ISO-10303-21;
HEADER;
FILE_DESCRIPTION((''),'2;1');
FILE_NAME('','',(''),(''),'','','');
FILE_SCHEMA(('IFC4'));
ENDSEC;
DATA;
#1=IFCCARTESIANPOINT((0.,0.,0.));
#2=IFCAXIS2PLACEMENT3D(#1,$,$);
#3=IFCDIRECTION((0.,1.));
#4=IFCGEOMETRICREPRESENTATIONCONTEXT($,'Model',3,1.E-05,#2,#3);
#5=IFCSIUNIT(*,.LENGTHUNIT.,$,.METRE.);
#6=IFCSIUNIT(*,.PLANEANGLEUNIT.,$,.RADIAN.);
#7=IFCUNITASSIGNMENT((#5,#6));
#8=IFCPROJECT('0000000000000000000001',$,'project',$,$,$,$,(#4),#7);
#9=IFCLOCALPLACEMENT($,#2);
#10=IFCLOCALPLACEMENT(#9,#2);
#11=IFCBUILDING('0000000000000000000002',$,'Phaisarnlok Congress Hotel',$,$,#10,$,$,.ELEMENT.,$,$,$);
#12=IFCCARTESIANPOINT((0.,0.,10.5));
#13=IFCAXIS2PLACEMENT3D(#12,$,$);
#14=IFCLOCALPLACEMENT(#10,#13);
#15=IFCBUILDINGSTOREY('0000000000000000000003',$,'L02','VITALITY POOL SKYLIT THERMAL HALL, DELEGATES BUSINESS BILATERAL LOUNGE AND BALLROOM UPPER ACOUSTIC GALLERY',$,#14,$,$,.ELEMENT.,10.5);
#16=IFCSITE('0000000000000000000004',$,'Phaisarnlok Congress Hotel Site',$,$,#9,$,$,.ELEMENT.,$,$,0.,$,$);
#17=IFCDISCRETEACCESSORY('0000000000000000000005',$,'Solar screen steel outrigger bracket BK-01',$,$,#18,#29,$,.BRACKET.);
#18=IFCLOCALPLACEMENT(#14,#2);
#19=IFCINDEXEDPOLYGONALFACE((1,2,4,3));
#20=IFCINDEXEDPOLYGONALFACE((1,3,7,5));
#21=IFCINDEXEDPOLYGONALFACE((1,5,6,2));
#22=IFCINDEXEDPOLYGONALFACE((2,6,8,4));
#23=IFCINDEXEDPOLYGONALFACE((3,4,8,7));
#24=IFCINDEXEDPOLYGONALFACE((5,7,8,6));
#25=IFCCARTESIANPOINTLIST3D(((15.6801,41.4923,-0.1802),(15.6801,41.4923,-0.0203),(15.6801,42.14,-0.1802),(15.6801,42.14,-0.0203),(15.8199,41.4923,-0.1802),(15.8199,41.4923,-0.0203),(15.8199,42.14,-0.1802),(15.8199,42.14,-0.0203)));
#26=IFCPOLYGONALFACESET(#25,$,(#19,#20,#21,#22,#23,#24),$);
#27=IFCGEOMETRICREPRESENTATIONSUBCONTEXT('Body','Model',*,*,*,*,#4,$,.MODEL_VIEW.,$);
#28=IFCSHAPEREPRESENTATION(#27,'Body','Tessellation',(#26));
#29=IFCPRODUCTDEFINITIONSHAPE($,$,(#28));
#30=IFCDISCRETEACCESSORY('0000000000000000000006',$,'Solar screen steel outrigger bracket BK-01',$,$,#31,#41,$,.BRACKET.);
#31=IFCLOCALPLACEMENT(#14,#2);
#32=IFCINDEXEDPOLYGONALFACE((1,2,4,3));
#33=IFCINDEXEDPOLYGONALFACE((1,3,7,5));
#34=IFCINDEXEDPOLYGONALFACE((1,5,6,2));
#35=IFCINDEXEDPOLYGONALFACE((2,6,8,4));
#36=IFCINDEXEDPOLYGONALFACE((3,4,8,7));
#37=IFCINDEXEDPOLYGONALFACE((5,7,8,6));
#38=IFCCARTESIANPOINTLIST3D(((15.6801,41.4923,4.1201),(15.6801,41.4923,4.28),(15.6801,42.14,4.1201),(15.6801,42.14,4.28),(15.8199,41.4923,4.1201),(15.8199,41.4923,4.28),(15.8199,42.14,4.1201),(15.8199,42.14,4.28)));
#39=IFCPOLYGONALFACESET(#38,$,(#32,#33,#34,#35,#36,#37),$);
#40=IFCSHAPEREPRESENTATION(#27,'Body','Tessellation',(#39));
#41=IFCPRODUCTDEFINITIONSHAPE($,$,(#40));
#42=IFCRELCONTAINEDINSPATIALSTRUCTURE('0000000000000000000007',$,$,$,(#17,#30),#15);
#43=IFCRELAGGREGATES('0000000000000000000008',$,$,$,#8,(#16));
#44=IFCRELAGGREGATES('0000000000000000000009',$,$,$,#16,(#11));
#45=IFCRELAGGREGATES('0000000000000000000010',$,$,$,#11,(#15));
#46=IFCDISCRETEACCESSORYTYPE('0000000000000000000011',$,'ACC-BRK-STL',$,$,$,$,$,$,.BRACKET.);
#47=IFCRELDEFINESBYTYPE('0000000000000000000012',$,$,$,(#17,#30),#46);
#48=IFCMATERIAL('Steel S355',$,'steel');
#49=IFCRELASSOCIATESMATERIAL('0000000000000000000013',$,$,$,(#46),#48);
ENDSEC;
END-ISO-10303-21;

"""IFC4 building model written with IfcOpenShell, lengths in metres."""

from ifc_helpers import new_model, si_unit, direction, frame, origin, origin_2d, place, context, subcontext, project, spatial, rectangle, extrude, material, type_object, element, save


model = new_model("IFC4")

# Units and contexts
model_context = context("Model", 3, precision=1e-05, world=origin(), true_north=direction((0.0, 1.0)))
body_context = subcontext(model_context, "Body", "Model", "MODEL_VIEW")
ifc_project = project(units=[si_unit("LENGTHUNIT", "METRE"), si_unit("PLANEANGLEUNIT", "RADIAN")], contexts=[model_context])

# Site, building, storey
site_placement = place(None, origin())
site = spatial("IfcSite", under=ifc_project, at=site_placement, Name="Phaisarnlok Congress Hotel Site", CompositionType="ELEMENT", RefElevation=0.0)
building_placement = place(site_placement, origin())
building = spatial("IfcBuilding", under=site, at=building_placement, Name="Phaisarnlok Congress Hotel", CompositionType="ELEMENT")
storey_placement = place(building_placement, frame((0.0, 0.0, 10.5)))
storey = spatial("IfcBuildingStorey", under=building, at=storey_placement, Name="L02", Description="VITALITY POOL SKYLIT THERMAL HALL, DELEGATES BUSINESS BILATERAL LOUNGE AND BALLROOM UPPER ACOUSTIC GALLERY", CompositionType="ELEMENT", Elevation=10.5)

# Discrete accessories
ifc_material = material(Name="Steel S355", Category="steel")
discrete_accessory_type = type_object("IfcDiscreteAccessoryType", Name="ACC-BRK-STL", PredefinedType="BRACKET", material=ifc_material)
for number, where, z_axis, x_axis, name in (
    (1, (15.75, 41.8162, -0.1802), (0.0, 0.0, 1.0), (1.0, 0.0, 0.0), "Solar screen steel outrigger bracket BK-01"),
    (2, (15.75, 41.8162, 4.1201), (0.0, 0.0, 1.0), (1.0, 0.0, 0.0), "Solar screen steel outrigger bracket BK-01"),
):
    element("IfcDiscreteAccessory", number, at=place(storey_placement, frame(where, z_axis=z_axis, x_axis=x_axis)), inside=storey, type_object=discrete_accessory_type, Name=name, PredefinedType="BRACKET", context=body_context, shape_type="SweptSolid", body=[
        extrude(rectangle(XDim=0.1399, YDim=0.6477, at=origin_2d()), origin(), (0.0, 0.0, 1.0), 0.1599),
    ])

save(model, "model.ifc")
